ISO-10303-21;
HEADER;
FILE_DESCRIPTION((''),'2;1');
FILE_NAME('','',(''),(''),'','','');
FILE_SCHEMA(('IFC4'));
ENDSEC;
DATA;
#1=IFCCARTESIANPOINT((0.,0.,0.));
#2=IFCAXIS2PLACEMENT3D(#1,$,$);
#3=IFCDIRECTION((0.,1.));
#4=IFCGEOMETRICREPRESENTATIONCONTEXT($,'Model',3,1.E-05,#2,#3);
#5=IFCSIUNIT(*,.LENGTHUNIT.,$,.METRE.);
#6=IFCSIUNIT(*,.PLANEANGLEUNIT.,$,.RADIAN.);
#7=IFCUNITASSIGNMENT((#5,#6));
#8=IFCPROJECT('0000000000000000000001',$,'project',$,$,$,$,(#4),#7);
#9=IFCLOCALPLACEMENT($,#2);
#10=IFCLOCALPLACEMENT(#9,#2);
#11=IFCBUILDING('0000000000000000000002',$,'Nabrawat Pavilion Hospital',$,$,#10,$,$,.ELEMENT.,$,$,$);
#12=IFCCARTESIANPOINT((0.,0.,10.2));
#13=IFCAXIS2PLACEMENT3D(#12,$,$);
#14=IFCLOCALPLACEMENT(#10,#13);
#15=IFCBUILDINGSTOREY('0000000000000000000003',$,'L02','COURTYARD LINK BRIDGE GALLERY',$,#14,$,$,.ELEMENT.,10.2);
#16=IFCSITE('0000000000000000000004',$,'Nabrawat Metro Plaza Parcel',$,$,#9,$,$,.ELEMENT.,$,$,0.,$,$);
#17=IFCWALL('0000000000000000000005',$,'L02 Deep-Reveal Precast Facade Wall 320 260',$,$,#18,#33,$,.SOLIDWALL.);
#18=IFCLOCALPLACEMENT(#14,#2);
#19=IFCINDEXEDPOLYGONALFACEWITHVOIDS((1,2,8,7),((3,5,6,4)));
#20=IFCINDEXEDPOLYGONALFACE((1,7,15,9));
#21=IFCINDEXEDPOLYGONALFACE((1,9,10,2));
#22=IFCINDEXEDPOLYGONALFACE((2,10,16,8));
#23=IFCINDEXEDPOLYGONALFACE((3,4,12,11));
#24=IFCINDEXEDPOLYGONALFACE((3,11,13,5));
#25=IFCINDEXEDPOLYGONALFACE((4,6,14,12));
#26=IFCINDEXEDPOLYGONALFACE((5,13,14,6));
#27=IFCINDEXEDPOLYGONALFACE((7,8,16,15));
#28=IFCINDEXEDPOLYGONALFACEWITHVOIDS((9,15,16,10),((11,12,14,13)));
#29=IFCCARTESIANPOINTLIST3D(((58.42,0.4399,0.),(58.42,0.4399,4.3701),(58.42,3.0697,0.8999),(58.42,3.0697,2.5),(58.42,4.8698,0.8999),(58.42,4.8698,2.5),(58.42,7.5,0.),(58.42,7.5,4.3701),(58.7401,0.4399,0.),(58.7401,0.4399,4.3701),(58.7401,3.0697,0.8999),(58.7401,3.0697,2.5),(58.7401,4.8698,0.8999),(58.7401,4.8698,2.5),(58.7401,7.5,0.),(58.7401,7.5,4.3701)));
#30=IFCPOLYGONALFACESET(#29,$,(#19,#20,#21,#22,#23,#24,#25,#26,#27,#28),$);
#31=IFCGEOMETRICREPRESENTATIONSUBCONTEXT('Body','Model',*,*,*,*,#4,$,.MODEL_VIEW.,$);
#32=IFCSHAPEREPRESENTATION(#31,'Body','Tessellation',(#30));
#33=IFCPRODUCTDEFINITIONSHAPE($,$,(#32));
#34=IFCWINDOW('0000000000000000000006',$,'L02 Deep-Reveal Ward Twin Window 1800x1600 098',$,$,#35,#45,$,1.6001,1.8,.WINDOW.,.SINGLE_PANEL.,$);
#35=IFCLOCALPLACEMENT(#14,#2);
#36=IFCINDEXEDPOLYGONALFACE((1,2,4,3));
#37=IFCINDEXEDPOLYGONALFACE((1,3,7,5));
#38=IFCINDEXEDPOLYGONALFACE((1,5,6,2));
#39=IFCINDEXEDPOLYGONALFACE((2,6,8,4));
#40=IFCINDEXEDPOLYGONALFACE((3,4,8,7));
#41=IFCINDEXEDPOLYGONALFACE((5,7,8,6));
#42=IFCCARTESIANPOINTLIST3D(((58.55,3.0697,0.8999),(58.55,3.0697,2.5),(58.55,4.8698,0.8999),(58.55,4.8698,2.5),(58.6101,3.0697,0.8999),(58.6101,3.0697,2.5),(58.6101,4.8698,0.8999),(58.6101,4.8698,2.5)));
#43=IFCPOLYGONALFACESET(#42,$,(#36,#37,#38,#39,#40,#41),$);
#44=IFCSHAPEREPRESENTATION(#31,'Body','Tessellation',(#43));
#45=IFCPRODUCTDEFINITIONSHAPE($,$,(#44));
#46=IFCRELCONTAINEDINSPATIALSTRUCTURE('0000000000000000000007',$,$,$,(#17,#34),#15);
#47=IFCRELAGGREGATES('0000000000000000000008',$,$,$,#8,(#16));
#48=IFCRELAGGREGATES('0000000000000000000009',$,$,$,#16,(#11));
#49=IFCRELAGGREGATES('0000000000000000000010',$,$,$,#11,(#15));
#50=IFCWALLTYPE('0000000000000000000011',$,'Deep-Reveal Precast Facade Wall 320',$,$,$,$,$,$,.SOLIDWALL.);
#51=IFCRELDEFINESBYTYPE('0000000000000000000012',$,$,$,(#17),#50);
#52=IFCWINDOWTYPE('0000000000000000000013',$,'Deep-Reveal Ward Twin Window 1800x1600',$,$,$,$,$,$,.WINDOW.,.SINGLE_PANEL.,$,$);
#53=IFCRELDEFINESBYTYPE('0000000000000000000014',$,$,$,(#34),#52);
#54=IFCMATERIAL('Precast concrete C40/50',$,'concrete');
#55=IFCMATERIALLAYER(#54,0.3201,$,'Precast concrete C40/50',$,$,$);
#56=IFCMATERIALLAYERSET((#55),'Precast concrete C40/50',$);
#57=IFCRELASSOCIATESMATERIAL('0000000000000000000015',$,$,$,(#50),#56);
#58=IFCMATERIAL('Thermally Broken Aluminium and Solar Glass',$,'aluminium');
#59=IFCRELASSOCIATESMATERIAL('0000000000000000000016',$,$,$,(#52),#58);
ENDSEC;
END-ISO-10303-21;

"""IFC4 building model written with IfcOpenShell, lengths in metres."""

from ifc_helpers import new_model, si_unit, direction, frame, frame_2d, origin, place, context, subcontext, project, spatial, rectangle, extrude, material, layer, layer_set, type_object, element, fill, save


model = new_model("IFC4")

# Units and contexts
model_context = context("Model", 3, precision=1e-05, world=origin(), true_north=direction((0.0, 1.0)))
body_context = subcontext(model_context, "Body", "Model", "MODEL_VIEW")
ifc_project = project(units=[si_unit("LENGTHUNIT", "METRE"), si_unit("PLANEANGLEUNIT", "RADIAN")], contexts=[model_context])

# Site, building, storey
site_placement = place(None, origin())
site = spatial("IfcSite", under=ifc_project, at=site_placement, Name="Nabrawat Metro Plaza Parcel", CompositionType="ELEMENT", RefElevation=0.0)
building_placement = place(site_placement, origin())
building = spatial("IfcBuilding", under=site, at=building_placement, Name="Nabrawat Pavilion Hospital", CompositionType="ELEMENT")
storey_placement = place(building_placement, frame((0.0, 0.0, 10.2)))
storey = spatial("IfcBuildingStorey", under=building, at=storey_placement, Name="L02", Description="COURTYARD LINK BRIDGE GALLERY", CompositionType="ELEMENT", Elevation=10.2)

# Shared definitions
ifc_material_1 = material(Name="Precast concrete C40/50", Category="concrete")
ifc_layer_1 = layer(ifc_material_1, 0.3201, Name="Precast concrete C40/50")
ifc_layer_set_1 = layer_set([ifc_layer_1], Name="Precast concrete C40/50")
wall_type_1 = type_object("IfcWallType", Name="Deep-Reveal Precast Facade Wall 320", PredefinedType="SOLIDWALL", material=ifc_layer_set_1)
ifc_material_2 = material(Name="Thermally Broken Aluminium and Solar Glass", Category="aluminium")

# Wall, opening, window
wall_1_placement = place(storey_placement, frame((58.5801, 0.4399, 0.0), z_axis=(0.0, 0.0, 1.0), x_axis=(0.0, 1.0, 0.0)))
wall_1 = element("IfcWall", 1, at=wall_1_placement, inside=storey, type_object=wall_type_1, Name="L02 Deep-Reveal Precast Facade Wall 320 260", PredefinedType="SOLIDWALL", context=body_context, shape_type="SweptSolid", body=[
    extrude(rectangle(XDim=7.0601, YDim=0.3201, at=frame_2d((3.53, 0.0))), origin(), (0.0, 0.0, 1.0), 4.3701),
])
opening_1_placement = place(wall_1_placement, frame((2.6299, 0.0, 0.8999)))
opening_1 = element("IfcOpeningElement", 2, at=opening_1_placement, cuts=wall_1, PredefinedType="OPENING", context=body_context, shape_type="SweptSolid", body=[
    extrude(rectangle(XDim=1.8, YDim=1.6001, at=frame_2d((0.8999, 0.8))), frame((0.0, 0.1699, 0.0), z_axis=(0.0, -1.0, 0.0), x_axis=(1.0, 0.0, 0.0)), (0.0, 0.0, 1.0), 0.3401),
])
window_type_1 = type_object("IfcWindowType", Name="Deep-Reveal Ward Twin Window 1800x1600", PartitioningType="SINGLE_PANEL", PredefinedType="WINDOW", material=ifc_material_2)
window_1_placement = place(opening_1_placement, origin())
window_1 = element("IfcWindow", 3, at=window_1_placement, inside=storey, type_object=window_type_1, Name="L02 Deep-Reveal Ward Twin Window 1800x1600 098", OverallHeight=1.6001, OverallWidth=1.8, PartitioningType="SINGLE_PANEL", PredefinedType="WINDOW", context=body_context, shape_type="SweptSolid", body=[
    extrude(rectangle(XDim=1.8, YDim=1.6001, at=frame_2d((0.8999, 0.8))), frame((0.0, 0.03, 0.0), z_axis=(0.0, -1.0, 0.0), x_axis=(1.0, 0.0, 0.0)), (0.0, 0.0, 1.0), 0.0601),
])
fill(opening_1, window_1)

save(model, "model.ifc")
